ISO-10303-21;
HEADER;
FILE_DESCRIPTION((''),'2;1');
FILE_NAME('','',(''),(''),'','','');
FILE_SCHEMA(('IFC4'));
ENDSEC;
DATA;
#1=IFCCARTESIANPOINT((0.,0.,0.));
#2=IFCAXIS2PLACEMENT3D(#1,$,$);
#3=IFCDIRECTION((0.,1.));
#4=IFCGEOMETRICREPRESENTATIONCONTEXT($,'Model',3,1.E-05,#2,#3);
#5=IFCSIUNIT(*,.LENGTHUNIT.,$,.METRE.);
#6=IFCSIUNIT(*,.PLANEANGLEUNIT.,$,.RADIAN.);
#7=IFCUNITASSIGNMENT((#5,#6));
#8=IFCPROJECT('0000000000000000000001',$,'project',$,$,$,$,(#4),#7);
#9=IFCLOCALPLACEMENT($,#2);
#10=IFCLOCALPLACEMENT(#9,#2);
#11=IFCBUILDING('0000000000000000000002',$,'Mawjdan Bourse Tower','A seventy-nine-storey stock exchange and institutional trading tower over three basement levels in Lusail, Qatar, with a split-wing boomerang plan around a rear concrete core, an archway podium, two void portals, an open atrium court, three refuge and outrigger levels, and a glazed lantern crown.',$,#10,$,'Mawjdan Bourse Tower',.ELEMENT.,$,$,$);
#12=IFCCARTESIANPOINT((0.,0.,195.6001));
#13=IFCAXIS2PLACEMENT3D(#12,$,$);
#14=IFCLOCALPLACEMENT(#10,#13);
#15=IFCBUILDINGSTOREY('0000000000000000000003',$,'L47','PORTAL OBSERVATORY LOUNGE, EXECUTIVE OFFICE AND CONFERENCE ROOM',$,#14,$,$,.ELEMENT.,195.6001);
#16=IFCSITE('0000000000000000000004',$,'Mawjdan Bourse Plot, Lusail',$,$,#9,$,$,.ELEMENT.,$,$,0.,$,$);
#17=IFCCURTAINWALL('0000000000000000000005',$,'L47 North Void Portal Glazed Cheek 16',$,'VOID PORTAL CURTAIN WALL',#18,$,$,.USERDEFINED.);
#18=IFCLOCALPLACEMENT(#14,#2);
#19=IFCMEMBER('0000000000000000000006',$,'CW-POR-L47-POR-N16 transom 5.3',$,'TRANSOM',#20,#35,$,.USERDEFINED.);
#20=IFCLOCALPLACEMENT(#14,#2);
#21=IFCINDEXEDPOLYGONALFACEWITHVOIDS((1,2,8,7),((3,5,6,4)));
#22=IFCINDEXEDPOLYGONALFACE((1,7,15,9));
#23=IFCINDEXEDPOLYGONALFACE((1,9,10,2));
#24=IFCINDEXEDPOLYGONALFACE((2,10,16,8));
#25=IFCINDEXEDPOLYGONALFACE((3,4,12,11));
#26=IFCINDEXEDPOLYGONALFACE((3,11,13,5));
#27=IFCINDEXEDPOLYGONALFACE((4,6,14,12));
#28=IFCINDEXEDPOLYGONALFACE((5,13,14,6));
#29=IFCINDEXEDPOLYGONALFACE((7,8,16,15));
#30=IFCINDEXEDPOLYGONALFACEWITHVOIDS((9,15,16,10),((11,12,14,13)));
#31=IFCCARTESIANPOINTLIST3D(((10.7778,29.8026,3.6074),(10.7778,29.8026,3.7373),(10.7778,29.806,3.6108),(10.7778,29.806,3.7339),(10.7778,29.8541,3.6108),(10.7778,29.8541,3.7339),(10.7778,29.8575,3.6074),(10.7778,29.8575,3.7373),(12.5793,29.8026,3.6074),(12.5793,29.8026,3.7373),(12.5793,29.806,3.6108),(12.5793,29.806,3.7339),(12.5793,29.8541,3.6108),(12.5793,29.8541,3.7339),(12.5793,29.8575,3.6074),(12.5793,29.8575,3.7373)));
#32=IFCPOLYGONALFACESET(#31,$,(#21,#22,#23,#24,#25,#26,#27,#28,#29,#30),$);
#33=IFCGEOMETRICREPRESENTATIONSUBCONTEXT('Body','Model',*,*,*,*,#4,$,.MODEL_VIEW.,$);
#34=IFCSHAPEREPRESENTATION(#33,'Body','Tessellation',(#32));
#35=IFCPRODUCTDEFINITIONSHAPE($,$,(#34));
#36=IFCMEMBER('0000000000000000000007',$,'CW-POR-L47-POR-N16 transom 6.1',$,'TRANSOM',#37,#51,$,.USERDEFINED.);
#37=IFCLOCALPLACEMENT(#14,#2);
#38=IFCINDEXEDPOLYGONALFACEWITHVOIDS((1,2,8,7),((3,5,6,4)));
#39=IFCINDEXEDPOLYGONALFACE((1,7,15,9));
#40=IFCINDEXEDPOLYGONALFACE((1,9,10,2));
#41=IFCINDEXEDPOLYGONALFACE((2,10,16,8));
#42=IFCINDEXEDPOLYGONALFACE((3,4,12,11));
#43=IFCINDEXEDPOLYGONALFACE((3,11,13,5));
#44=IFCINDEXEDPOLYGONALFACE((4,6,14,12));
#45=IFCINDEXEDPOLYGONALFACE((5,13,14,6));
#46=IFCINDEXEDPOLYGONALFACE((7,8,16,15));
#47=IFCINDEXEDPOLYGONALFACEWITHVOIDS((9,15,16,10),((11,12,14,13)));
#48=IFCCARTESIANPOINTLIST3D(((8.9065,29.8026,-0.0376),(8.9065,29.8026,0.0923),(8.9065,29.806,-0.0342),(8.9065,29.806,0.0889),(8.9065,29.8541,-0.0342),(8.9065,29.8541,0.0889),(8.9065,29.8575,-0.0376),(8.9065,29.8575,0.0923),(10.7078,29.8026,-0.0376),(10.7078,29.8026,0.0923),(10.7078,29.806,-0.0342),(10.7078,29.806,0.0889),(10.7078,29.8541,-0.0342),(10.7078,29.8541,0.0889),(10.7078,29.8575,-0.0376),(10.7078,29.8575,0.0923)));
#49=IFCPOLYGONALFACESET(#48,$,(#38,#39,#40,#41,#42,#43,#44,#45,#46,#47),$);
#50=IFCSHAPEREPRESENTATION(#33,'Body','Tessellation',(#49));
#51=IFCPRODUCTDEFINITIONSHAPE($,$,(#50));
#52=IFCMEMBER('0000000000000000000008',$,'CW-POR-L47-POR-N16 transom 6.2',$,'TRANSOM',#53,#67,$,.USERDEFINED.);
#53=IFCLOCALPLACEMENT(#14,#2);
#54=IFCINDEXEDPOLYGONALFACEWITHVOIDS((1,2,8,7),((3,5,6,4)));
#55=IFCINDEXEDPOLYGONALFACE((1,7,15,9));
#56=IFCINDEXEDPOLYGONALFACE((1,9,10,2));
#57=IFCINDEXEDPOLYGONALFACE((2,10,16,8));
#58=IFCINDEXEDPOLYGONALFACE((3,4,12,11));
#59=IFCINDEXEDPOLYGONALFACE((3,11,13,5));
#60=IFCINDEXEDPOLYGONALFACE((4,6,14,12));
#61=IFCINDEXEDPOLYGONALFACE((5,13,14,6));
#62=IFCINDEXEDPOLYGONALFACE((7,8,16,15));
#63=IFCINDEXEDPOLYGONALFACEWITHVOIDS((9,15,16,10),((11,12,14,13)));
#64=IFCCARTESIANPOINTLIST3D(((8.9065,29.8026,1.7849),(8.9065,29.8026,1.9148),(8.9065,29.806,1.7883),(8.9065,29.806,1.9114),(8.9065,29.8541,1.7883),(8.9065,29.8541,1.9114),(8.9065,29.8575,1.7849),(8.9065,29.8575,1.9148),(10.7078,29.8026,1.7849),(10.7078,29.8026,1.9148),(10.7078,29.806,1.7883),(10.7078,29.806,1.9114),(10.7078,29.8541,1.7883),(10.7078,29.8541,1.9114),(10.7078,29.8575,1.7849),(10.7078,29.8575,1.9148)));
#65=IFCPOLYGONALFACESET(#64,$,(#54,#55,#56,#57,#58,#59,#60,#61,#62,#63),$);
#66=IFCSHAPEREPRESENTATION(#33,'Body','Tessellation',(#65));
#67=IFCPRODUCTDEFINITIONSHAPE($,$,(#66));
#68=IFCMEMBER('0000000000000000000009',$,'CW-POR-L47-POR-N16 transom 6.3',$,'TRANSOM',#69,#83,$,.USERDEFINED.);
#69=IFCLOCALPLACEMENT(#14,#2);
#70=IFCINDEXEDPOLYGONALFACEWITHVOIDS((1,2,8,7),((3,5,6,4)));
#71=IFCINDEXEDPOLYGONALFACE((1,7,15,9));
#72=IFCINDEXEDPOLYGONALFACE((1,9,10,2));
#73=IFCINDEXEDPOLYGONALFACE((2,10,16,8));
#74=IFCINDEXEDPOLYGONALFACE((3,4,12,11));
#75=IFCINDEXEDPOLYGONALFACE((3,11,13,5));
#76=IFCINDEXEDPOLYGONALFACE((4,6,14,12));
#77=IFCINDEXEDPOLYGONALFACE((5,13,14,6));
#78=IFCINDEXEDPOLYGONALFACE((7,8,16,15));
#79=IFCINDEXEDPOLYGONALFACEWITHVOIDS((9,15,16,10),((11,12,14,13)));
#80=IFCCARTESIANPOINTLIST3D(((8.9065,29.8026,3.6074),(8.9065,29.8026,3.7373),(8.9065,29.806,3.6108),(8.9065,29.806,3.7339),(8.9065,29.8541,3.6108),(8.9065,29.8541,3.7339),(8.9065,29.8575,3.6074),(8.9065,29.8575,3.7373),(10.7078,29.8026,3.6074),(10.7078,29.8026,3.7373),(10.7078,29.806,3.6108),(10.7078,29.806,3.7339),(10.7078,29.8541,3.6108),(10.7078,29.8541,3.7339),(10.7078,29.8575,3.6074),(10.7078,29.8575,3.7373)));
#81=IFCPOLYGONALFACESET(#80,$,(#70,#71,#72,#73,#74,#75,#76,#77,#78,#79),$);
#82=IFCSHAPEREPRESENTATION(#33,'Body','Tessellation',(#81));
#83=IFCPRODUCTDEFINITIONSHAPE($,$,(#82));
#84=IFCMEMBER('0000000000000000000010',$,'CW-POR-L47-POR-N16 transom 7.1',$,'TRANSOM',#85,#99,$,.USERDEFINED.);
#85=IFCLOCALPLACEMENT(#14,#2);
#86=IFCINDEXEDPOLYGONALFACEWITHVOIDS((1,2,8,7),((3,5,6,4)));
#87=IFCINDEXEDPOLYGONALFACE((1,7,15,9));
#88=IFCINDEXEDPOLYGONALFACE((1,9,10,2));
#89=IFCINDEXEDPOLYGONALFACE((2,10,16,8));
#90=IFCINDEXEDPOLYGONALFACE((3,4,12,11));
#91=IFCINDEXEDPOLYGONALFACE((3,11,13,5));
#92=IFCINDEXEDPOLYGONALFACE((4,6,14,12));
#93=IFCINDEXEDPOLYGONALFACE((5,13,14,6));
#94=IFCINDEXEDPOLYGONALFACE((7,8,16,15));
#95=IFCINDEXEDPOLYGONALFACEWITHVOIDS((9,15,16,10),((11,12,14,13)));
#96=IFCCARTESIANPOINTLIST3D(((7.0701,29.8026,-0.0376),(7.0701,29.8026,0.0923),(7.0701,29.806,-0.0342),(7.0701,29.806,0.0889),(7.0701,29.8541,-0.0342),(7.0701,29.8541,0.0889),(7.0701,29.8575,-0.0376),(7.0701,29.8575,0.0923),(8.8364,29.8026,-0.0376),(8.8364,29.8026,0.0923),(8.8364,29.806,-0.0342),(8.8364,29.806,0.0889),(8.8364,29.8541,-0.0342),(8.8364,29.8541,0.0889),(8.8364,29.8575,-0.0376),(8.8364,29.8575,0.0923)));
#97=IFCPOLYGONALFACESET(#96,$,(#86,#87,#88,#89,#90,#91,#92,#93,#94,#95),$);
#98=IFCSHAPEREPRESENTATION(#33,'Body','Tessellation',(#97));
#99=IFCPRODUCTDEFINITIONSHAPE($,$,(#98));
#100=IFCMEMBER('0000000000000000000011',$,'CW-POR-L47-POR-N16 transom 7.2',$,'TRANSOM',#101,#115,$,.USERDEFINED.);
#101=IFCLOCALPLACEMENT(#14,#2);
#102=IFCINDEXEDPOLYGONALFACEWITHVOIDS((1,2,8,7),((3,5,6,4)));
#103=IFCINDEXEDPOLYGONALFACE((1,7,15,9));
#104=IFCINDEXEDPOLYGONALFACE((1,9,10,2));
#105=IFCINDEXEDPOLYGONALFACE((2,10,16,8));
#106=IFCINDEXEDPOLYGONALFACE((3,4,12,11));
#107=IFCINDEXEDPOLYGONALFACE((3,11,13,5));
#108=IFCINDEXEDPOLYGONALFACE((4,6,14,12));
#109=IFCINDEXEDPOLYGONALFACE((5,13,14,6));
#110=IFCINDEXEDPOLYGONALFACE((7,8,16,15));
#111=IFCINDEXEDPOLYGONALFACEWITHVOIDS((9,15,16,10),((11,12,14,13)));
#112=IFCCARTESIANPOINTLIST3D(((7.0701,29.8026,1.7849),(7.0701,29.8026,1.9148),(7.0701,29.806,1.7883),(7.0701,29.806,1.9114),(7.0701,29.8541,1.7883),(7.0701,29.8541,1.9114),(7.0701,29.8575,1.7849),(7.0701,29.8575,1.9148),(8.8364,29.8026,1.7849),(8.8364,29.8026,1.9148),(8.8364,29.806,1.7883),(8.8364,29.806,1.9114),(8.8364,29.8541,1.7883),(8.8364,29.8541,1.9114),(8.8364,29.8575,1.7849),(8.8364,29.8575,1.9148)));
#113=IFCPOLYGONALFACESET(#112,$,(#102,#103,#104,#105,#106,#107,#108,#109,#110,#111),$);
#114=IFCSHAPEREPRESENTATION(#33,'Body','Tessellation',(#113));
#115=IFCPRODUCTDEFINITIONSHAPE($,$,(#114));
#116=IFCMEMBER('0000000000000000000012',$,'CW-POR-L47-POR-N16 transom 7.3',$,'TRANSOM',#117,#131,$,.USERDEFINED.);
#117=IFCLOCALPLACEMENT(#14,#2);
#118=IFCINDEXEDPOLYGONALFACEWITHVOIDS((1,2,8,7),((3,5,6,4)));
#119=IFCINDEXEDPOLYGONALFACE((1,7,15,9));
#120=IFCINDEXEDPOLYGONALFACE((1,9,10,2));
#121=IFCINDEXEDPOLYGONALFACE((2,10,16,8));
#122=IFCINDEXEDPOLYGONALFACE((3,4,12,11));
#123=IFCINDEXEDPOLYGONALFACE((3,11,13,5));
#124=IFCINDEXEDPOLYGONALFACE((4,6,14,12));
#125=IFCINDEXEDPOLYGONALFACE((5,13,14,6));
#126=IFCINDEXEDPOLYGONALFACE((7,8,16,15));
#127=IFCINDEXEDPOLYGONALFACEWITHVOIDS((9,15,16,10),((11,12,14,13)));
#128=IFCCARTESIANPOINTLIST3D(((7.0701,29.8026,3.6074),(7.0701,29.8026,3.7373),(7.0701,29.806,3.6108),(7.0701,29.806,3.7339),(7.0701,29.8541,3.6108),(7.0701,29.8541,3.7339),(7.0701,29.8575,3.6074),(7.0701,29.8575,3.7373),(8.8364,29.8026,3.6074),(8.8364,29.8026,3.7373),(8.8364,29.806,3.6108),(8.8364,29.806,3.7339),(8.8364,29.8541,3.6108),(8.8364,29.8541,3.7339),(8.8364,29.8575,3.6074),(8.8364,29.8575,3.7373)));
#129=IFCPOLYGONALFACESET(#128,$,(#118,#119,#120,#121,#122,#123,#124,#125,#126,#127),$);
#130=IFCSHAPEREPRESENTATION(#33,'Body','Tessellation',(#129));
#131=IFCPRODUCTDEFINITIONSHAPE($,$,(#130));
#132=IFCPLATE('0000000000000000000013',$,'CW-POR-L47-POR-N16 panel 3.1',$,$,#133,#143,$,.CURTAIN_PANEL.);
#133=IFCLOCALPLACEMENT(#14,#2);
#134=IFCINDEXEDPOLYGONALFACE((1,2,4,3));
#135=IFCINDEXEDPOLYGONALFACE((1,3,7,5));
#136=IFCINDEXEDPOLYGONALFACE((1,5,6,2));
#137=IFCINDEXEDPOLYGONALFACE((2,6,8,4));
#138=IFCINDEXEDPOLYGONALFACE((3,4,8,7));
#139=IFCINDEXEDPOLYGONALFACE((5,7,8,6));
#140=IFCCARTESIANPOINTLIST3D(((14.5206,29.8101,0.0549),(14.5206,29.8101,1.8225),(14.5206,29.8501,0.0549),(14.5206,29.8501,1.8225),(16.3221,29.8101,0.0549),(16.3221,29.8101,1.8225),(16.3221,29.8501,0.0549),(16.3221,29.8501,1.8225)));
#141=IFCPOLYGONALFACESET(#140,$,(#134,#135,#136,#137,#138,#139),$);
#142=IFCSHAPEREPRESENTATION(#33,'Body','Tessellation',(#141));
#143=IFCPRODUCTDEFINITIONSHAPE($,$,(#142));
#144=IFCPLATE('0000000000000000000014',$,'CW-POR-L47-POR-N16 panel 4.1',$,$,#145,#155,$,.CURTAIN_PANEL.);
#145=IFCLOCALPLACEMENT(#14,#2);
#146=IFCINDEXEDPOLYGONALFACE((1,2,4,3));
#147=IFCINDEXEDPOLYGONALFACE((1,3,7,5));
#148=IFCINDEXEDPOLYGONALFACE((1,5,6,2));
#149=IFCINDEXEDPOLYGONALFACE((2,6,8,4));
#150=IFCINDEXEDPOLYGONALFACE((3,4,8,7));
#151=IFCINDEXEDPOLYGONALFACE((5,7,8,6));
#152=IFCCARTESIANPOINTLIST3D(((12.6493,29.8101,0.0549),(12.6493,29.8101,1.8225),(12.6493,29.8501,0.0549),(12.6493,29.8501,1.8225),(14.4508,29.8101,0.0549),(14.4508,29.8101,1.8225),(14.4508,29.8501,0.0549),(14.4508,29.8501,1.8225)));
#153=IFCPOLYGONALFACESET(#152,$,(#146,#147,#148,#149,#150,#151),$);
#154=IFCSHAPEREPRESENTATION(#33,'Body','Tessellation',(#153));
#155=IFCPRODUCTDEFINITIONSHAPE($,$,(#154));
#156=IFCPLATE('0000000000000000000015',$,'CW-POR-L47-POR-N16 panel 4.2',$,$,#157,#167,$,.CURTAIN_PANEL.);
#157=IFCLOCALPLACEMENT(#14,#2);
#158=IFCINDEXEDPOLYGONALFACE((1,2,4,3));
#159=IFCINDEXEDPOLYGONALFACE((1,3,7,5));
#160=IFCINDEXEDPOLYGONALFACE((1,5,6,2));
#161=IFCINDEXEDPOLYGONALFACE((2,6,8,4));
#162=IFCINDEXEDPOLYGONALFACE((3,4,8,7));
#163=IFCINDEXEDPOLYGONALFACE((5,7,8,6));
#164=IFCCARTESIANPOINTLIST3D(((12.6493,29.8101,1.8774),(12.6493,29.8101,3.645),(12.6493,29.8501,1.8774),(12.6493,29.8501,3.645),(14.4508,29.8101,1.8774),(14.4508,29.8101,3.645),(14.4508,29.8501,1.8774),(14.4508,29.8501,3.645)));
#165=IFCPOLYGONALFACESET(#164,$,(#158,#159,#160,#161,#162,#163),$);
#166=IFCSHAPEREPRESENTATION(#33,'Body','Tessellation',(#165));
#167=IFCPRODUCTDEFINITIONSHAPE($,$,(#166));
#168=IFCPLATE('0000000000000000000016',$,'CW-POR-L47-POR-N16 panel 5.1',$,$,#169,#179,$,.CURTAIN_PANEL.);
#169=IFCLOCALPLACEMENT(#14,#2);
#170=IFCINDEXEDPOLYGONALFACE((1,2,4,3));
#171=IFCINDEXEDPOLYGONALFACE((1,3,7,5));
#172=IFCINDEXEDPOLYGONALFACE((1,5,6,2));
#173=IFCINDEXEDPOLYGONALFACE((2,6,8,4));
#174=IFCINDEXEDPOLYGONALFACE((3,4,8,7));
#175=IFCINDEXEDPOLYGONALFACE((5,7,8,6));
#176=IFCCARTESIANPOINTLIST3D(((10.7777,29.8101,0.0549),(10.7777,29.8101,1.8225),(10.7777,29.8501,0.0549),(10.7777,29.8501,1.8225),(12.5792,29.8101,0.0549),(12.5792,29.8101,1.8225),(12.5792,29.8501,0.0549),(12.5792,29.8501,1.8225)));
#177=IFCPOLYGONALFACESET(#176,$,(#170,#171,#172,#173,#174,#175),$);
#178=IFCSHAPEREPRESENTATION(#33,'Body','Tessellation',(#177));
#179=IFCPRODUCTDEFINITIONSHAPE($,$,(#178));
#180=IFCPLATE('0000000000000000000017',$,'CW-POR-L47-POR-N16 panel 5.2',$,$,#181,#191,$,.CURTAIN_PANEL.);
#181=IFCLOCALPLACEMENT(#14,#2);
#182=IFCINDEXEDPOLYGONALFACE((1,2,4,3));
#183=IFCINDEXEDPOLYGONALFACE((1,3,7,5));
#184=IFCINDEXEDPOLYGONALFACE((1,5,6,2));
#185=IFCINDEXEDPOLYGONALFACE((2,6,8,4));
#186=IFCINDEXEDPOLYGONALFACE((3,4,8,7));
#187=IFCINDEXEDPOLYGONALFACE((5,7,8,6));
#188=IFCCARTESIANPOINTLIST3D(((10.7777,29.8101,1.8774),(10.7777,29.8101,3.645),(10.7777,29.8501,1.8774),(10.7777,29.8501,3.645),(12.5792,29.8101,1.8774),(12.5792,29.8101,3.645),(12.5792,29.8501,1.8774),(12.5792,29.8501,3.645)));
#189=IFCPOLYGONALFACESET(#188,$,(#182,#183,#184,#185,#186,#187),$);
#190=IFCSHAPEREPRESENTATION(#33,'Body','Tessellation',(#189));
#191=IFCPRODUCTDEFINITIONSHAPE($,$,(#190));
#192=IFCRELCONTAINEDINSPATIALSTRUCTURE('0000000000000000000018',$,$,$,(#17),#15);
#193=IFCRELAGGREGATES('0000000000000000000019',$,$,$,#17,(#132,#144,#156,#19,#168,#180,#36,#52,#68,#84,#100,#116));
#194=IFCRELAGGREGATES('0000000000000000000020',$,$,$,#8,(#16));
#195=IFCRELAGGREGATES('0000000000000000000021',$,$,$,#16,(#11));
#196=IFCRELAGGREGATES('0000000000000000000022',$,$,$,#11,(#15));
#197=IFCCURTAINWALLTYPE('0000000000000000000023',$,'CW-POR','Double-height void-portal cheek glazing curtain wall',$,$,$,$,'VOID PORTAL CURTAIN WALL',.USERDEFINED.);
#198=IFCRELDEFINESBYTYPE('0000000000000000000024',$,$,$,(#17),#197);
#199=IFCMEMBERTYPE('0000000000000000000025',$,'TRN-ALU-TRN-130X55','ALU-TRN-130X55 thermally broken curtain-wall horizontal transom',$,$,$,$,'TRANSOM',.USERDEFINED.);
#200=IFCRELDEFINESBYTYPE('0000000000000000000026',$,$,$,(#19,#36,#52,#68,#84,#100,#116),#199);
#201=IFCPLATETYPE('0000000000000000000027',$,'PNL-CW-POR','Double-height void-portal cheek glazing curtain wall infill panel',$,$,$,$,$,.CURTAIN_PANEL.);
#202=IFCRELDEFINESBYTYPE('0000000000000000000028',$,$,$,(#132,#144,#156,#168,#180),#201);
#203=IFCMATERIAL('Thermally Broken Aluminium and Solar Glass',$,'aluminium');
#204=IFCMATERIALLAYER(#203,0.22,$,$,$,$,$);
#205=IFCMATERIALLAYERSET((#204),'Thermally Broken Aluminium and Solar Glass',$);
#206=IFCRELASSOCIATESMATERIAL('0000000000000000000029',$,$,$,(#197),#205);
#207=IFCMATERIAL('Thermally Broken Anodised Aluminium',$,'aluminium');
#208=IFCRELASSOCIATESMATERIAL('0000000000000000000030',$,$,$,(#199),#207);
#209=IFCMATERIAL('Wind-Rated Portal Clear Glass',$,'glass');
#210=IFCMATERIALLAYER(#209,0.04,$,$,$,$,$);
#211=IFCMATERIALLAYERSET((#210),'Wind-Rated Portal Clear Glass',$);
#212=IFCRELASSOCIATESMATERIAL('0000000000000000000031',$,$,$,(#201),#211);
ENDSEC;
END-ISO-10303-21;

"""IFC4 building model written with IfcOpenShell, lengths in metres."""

from ifc_helpers import new_model, si_unit, direction, frame, origin, origin_2d, place, context, subcontext, project, spatial, rectangle, hollow_rectangle, extrude, material, layer, layer_set, material_profile, profile_set, type_object, element, aggregate, save


model = new_model("IFC4")

# Units and contexts
model_context = context("Model", 3, precision=1e-05, world=origin(), true_north=direction((0.0, 1.0)))
body_context = subcontext(model_context, "Body", "Model", "MODEL_VIEW")
ifc_project = project(units=[si_unit("LENGTHUNIT", "METRE"), si_unit("PLANEANGLEUNIT", "RADIAN")], contexts=[model_context])

# Site, building, storey
site_placement = place(None, origin())
site = spatial("IfcSite", under=ifc_project, at=site_placement, Name="Mawjdan Bourse Plot, Lusail", CompositionType="ELEMENT", RefElevation=0.0)
building_placement = place(site_placement, origin())
building = spatial("IfcBuilding", under=site, at=building_placement, Name="Mawjdan Bourse Tower", Description="A seventy-nine-storey stock exchange and institutional trading tower over three basement levels in Lusail, Qatar, with a split-wing boomerang plan around a rear concrete core, an archway podium, two void portals, an open atrium court, three refuge and outrigger levels, and a glazed lantern crown.", LongName="Mawjdan Bourse Tower", CompositionType="ELEMENT")
storey_placement = place(building_placement, frame((0.0, 0.0, 195.6001)))
storey = spatial("IfcBuildingStorey", under=building, at=storey_placement, Name="L47", Description="PORTAL OBSERVATORY LOUNGE, EXECUTIVE OFFICE AND CONFERENCE ROOM", CompositionType="ELEMENT", Elevation=195.6001)

# Shared definitions
ifc_material_1 = material(Name="Thermally Broken Aluminium and Solar Glass", Category="aluminium")
ifc_layer_1 = layer(ifc_material_1, 0.22)
ifc_layer_set_1 = layer_set([ifc_layer_1], Name="Thermally Broken Aluminium and Solar Glass")
curtain_wall_type = type_object("IfcCurtainWallType", Name="CW-POR", Description="Double-height void-portal cheek glazing curtain wall", ElementType="VOID PORTAL CURTAIN WALL", PredefinedType="USERDEFINED", material=ifc_layer_set_1)
ifc_material_2 = material(Name="Thermally Broken Anodised Aluminium", Category="aluminium")

# Curtain wall
curtain_wall_1_placement = place(storey_placement, origin())
curtain_wall_1 = element("IfcCurtainWall", 1, at=curtain_wall_1_placement, inside=storey, type_object=curtain_wall_type, Name="L47 North Void Portal Glazed Cheek 16", ObjectType="VOID PORTAL CURTAIN WALL", PredefinedType="USERDEFINED")

# Members
ifc_material_profile_1 = material_profile(ifc_material_2, hollow_rectangle(XDim=0.0549, YDim=0.1299, WallThickness=0.0034, at=origin_2d()), Name="ALU-TRN-130X55")
ifc_profile_set_1 = profile_set([ifc_material_profile_1], Name="Thermally Broken Anodised Aluminium")
member_type_1 = type_object("IfcMemberType", Name="TRN-ALU-TRN-130X55", Description="ALU-TRN-130X55 thermally broken curtain-wall horizontal transom", ElementType="TRANSOM", PredefinedType="USERDEFINED", material=ifc_profile_set_1)
member_1_placement = place(storey_placement, frame((12.5793, 29.8301, 3.6724), z_axis=(-1.0, 0.0, 0.0), x_axis=(0.0, -1.0, 0.0)))
member_1 = element("IfcMember", 2, at=member_1_placement, type_object=member_type_1, Name="CW-POR-L47-POR-N16 transom 5.3", ObjectType="TRANSOM", PredefinedType="USERDEFINED", context=body_context, shape_type="SweptSolid", body=[
    extrude(hollow_rectangle(XDim=0.0549, YDim=0.1299, WallThickness=0.0034, at=origin_2d()), origin(), (0.0, 0.0, 1.0), 1.8015),
])
member_2_placement = place(storey_placement, frame((10.7078, 29.8301, 0.0273), z_axis=(-1.0, 0.0, 0.0), x_axis=(0.0, -1.0, 0.0)))
member_2 = element("IfcMember", 3, at=member_2_placement, type_object=member_type_1, Name="CW-POR-L47-POR-N16 transom 6.1", ObjectType="TRANSOM", PredefinedType="USERDEFINED", context=body_context, shape_type="SweptSolid", body=[
    extrude(hollow_rectangle(XDim=0.0549, YDim=0.1299, WallThickness=0.0034, at=origin_2d()), origin(), (0.0, 0.0, 1.0), 1.8013),
])
member_3_placement = place(storey_placement, frame((10.7078, 29.8301, 1.8499), z_axis=(-1.0, 0.0, 0.0), x_axis=(0.0, -1.0, 0.0)))
member_3 = element("IfcMember", 4, at=member_3_placement, type_object=member_type_1, Name="CW-POR-L47-POR-N16 transom 6.2", ObjectType="TRANSOM", PredefinedType="USERDEFINED", context=body_context, shape_type="SweptSolid", body=[
    extrude(hollow_rectangle(XDim=0.0549, YDim=0.1299, WallThickness=0.0034, at=origin_2d()), origin(), (0.0, 0.0, 1.0), 1.8013),
])
member_4_placement = place(storey_placement, frame((10.7078, 29.8301, 3.6724), z_axis=(-1.0, 0.0, 0.0), x_axis=(0.0, -1.0, 0.0)))
member_4 = element("IfcMember", 5, at=member_4_placement, type_object=member_type_1, Name="CW-POR-L47-POR-N16 transom 6.3", ObjectType="TRANSOM", PredefinedType="USERDEFINED", context=body_context, shape_type="SweptSolid", body=[
    extrude(hollow_rectangle(XDim=0.0549, YDim=0.1299, WallThickness=0.0034, at=origin_2d()), origin(), (0.0, 0.0, 1.0), 1.8013),
])
member_5_placement = place(storey_placement, frame((8.8364, 29.8301, 0.0273), z_axis=(-1.0, 0.0, 0.0), x_axis=(0.0, -1.0, 0.0)))
member_5 = element("IfcMember", 6, at=member_5_placement, type_object=member_type_1, Name="CW-POR-L47-POR-N16 transom 7.1", ObjectType="TRANSOM", PredefinedType="USERDEFINED", context=body_context, shape_type="SweptSolid", body=[
    extrude(hollow_rectangle(XDim=0.0549, YDim=0.1299, WallThickness=0.0034, at=origin_2d()), origin(), (0.0, 0.0, 1.0), 1.7664),
])
member_6_placement = place(storey_placement, frame((8.8364, 29.8301, 1.8499), z_axis=(-1.0, 0.0, 0.0), x_axis=(0.0, -1.0, 0.0)))
member_6 = element("IfcMember", 7, at=member_6_placement, type_object=member_type_1, Name="CW-POR-L47-POR-N16 transom 7.2", ObjectType="TRANSOM", PredefinedType="USERDEFINED", context=body_context, shape_type="SweptSolid", body=[
    extrude(hollow_rectangle(XDim=0.0549, YDim=0.1299, WallThickness=0.0034, at=origin_2d()), origin(), (0.0, 0.0, 1.0), 1.7664),
])
member_7_placement = place(storey_placement, frame((8.8364, 29.8301, 3.6724), z_axis=(-1.0, 0.0, 0.0), x_axis=(0.0, -1.0, 0.0)))
member_7 = element("IfcMember", 8, at=member_7_placement, type_object=member_type_1, Name="CW-POR-L47-POR-N16 transom 7.3", ObjectType="TRANSOM", PredefinedType="USERDEFINED", context=body_context, shape_type="SweptSolid", body=[
    extrude(hollow_rectangle(XDim=0.0549, YDim=0.1299, WallThickness=0.0034, at=origin_2d()), origin(), (0.0, 0.0, 1.0), 1.7664),
])

# Plates
ifc_material_3 = material(Name="Wind-Rated Portal Clear Glass", Category="glass")
ifc_layer_2 = layer(ifc_material_3, 0.04)
ifc_layer_set_2 = layer_set([ifc_layer_2], Name="Wind-Rated Portal Clear Glass")
plate_type = type_object("IfcPlateType", Name="PNL-CW-POR", Description="Double-height void-portal cheek glazing curtain wall infill panel", PredefinedType="CURTAIN_PANEL", material=ifc_layer_set_2)
plate_1_placement = place(storey_placement, frame((15.4214, 29.8301, 0.0549), z_axis=(0.0, 0.0, 1.0), x_axis=(-1.0, 0.0, 0.0)))
plate_1 = element("IfcPlate", 9, at=plate_1_placement, type_object=plate_type, Name="CW-POR-L47-POR-N16 panel 3.1", PredefinedType="CURTAIN_PANEL", context=body_context, shape_type="SweptSolid", body=[
    extrude(rectangle(XDim=1.8015, YDim=0.04, at=origin_2d()), origin(), (0.0, 0.0, 1.0), 1.7676),
])
plate_2_placement = place(storey_placement, frame((13.55, 29.8301, 0.0549), z_axis=(0.0, 0.0, 1.0), x_axis=(-1.0, 0.0, 0.0)))
plate_2 = element("IfcPlate", 10, at=plate_2_placement, type_object=plate_type, Name="CW-POR-L47-POR-N16 panel 4.1", PredefinedType="CURTAIN_PANEL", context=body_context, shape_type="SweptSolid", body=[
    extrude(rectangle(XDim=1.8015, YDim=0.04, at=origin_2d()), origin(), (0.0, 0.0, 1.0), 1.7676),
])
plate_3_placement = place(storey_placement, frame((13.55, 29.8301, 1.8774), z_axis=(0.0, 0.0, 1.0), x_axis=(-1.0, 0.0, 0.0)))
plate_3 = element("IfcPlate", 11, at=plate_3_placement, type_object=plate_type, Name="CW-POR-L47-POR-N16 panel 4.2", PredefinedType="CURTAIN_PANEL", context=body_context, shape_type="SweptSolid", body=[
    extrude(rectangle(XDim=1.8015, YDim=0.04, at=origin_2d()), origin(), (0.0, 0.0, 1.0), 1.7676),
])
plate_4_placement = place(storey_placement, frame((11.6785, 29.8301, 0.0549), z_axis=(0.0, 0.0, 1.0), x_axis=(-1.0, 0.0, 0.0)))
plate_4 = element("IfcPlate", 12, at=plate_4_placement, type_object=plate_type, Name="CW-POR-L47-POR-N16 panel 5.1", PredefinedType="CURTAIN_PANEL", context=body_context, shape_type="SweptSolid", body=[
    extrude(rectangle(XDim=1.8015, YDim=0.04, at=origin_2d()), origin(), (0.0, 0.0, 1.0), 1.7676),
])
plate_5_placement = place(storey_placement, frame((11.6785, 29.8301, 1.8774), z_axis=(0.0, 0.0, 1.0), x_axis=(-1.0, 0.0, 0.0)))
plate_5 = element("IfcPlate", 13, at=plate_5_placement, type_object=plate_type, Name="CW-POR-L47-POR-N16 panel 5.2", PredefinedType="CURTAIN_PANEL", context=body_context, shape_type="SweptSolid", body=[
    extrude(rectangle(XDim=1.8015, YDim=0.04, at=origin_2d()), origin(), (0.0, 0.0, 1.0), 1.7676),
])
aggregate(curtain_wall_1, [plate_1, plate_2, plate_3, member_1, plate_4, plate_5, member_2, member_3, member_4, member_5, member_6, member_7])

save(model, "model.ifc")
